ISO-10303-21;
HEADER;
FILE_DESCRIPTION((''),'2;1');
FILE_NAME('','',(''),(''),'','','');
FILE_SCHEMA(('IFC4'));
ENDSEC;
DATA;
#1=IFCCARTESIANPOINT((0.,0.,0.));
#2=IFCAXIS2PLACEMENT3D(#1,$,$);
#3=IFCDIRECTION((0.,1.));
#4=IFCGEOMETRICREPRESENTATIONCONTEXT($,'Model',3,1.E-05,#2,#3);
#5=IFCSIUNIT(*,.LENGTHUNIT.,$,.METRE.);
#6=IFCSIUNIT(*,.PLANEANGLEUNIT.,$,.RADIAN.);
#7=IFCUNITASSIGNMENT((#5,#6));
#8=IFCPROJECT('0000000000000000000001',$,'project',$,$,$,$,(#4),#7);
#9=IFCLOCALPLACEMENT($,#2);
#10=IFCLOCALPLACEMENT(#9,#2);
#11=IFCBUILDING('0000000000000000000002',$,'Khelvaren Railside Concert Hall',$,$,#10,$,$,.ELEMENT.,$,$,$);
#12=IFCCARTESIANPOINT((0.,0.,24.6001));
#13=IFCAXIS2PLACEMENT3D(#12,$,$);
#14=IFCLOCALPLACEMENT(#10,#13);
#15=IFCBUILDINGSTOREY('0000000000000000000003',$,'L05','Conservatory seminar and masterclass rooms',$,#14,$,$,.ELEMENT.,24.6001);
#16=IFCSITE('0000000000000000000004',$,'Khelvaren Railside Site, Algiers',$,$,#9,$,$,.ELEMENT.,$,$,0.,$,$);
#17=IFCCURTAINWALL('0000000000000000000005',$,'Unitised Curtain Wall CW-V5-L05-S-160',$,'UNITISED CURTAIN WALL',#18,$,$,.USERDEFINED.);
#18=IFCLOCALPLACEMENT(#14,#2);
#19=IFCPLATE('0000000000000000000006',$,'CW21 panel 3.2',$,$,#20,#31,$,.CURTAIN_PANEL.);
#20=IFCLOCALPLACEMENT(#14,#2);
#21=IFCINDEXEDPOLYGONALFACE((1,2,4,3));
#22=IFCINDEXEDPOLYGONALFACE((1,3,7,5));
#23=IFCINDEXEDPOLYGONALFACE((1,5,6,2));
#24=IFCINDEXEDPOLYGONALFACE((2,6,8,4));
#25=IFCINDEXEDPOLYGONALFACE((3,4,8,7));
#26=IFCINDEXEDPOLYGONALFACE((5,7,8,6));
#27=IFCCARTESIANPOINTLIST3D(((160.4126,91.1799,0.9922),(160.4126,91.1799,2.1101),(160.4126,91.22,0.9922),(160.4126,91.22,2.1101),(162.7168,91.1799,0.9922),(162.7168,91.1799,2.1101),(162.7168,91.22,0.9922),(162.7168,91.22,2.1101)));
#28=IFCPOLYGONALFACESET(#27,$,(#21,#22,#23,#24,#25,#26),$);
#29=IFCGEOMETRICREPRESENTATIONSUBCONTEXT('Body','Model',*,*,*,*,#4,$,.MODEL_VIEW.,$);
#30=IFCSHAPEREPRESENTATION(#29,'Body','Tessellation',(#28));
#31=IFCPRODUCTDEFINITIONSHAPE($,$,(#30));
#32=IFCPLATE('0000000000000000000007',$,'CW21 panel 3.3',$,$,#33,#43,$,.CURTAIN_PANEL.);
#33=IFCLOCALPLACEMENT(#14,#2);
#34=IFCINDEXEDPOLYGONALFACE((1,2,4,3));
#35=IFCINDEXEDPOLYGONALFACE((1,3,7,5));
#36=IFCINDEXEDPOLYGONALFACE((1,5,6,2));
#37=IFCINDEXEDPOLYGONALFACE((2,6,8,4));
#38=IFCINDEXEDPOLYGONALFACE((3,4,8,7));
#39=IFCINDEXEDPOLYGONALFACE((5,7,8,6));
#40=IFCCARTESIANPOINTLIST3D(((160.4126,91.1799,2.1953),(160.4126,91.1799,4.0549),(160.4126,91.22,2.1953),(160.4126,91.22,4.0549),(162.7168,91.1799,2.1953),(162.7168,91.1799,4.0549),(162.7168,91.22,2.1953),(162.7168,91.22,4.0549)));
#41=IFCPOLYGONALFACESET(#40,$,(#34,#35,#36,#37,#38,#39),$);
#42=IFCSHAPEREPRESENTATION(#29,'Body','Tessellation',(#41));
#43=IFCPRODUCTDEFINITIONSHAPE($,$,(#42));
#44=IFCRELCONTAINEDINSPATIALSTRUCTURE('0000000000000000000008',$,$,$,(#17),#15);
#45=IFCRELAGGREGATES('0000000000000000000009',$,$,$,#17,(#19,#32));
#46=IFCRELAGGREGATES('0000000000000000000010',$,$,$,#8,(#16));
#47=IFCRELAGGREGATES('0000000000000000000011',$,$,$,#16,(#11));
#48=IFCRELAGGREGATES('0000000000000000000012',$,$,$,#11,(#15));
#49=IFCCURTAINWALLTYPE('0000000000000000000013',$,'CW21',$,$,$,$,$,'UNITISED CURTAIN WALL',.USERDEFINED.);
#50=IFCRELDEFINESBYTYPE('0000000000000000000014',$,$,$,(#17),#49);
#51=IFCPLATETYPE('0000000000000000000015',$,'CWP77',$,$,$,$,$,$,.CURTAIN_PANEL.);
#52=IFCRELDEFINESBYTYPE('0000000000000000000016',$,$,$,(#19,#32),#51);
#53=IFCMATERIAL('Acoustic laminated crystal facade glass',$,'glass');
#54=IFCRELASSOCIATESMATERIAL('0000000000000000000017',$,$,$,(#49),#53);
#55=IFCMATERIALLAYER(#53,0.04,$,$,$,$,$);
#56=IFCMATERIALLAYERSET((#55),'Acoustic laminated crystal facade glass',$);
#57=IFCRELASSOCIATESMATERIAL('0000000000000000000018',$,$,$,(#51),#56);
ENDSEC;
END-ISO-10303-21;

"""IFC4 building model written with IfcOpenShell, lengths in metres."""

from ifc_helpers import new_model, si_unit, direction, frame, origin, origin_2d, place, context, subcontext, project, spatial, rectangle, extrude, material, layer, layer_set, type_object, element, aggregate, save


model = new_model("IFC4")

# Units and contexts
model_context = context("Model", 3, precision=1e-05, world=origin(), true_north=direction((0.0, 1.0)))
body_context = subcontext(model_context, "Body", "Model", "MODEL_VIEW")
ifc_project = project(units=[si_unit("LENGTHUNIT", "METRE"), si_unit("PLANEANGLEUNIT", "RADIAN")], contexts=[model_context])

# Site, building, storey
site_placement = place(None, origin())
site = spatial("IfcSite", under=ifc_project, at=site_placement, Name="Khelvaren Railside Site, Algiers", CompositionType="ELEMENT", RefElevation=0.0)
building_placement = place(site_placement, origin())
building = spatial("IfcBuilding", under=site, at=building_placement, Name="Khelvaren Railside Concert Hall", CompositionType="ELEMENT")
storey_placement = place(building_placement, frame((0.0, 0.0, 24.6001)))
storey = spatial("IfcBuildingStorey", under=building, at=storey_placement, Name="L05", Description="Conservatory seminar and masterclass rooms", CompositionType="ELEMENT", Elevation=24.6001)

# Shared definitions
ifc_material_1 = material(Name="Acoustic laminated crystal facade glass", Category="glass")

# Curtain wall
curtain_wall_type_1 = type_object("IfcCurtainWallType", Name="CW21", ElementType="UNITISED CURTAIN WALL", PredefinedType="USERDEFINED", material=ifc_material_1)
curtain_wall_1_placement = place(storey_placement, origin())
curtain_wall_1 = element("IfcCurtainWall", 1, at=curtain_wall_1_placement, inside=storey, type_object=curtain_wall_type_1, Name="Unitised Curtain Wall CW-V5-L05-S-160", ObjectType="UNITISED CURTAIN WALL", PredefinedType="USERDEFINED")

# Plates
ifc_layer = layer(ifc_material_1, 0.04)
ifc_layer_set = layer_set([ifc_layer], Name="Acoustic laminated crystal facade glass")
plate_type = type_object("IfcPlateType", Name="CWP77", PredefinedType="CURTAIN_PANEL", material=ifc_layer_set)
plate_1_placement = place(storey_placement, frame((161.5647, 91.2, 0.9922), z_axis=(0.0, 0.0, 1.0), x_axis=(-1.0, 0.0, 0.0)))
plate_1 = element("IfcPlate", 2, at=plate_1_placement, type_object=plate_type, Name="CW21 panel 3.2", PredefinedType="CURTAIN_PANEL", context=body_context, shape_type="SweptSolid", body=[
    extrude(rectangle(XDim=2.3042, YDim=0.04, at=origin_2d()), origin(), (0.0, 0.0, 1.0), 1.1179),
])
plate_2_placement = place(storey_placement, frame((161.5647, 91.2, 2.1953), z_axis=(0.0, 0.0, 1.0), x_axis=(-1.0, 0.0, 0.0)))
plate_2 = element("IfcPlate", 3, at=plate_2_placement, type_object=plate_type, Name="CW21 panel 3.3", PredefinedType="CURTAIN_PANEL", context=body_context, shape_type="SweptSolid", body=[
    extrude(rectangle(XDim=2.3042, YDim=0.04, at=origin_2d()), origin(), (0.0, 0.0, 1.0), 1.8596),
])
aggregate(curtain_wall_1, [plate_1, plate_2])

save(model, "model.ifc")
